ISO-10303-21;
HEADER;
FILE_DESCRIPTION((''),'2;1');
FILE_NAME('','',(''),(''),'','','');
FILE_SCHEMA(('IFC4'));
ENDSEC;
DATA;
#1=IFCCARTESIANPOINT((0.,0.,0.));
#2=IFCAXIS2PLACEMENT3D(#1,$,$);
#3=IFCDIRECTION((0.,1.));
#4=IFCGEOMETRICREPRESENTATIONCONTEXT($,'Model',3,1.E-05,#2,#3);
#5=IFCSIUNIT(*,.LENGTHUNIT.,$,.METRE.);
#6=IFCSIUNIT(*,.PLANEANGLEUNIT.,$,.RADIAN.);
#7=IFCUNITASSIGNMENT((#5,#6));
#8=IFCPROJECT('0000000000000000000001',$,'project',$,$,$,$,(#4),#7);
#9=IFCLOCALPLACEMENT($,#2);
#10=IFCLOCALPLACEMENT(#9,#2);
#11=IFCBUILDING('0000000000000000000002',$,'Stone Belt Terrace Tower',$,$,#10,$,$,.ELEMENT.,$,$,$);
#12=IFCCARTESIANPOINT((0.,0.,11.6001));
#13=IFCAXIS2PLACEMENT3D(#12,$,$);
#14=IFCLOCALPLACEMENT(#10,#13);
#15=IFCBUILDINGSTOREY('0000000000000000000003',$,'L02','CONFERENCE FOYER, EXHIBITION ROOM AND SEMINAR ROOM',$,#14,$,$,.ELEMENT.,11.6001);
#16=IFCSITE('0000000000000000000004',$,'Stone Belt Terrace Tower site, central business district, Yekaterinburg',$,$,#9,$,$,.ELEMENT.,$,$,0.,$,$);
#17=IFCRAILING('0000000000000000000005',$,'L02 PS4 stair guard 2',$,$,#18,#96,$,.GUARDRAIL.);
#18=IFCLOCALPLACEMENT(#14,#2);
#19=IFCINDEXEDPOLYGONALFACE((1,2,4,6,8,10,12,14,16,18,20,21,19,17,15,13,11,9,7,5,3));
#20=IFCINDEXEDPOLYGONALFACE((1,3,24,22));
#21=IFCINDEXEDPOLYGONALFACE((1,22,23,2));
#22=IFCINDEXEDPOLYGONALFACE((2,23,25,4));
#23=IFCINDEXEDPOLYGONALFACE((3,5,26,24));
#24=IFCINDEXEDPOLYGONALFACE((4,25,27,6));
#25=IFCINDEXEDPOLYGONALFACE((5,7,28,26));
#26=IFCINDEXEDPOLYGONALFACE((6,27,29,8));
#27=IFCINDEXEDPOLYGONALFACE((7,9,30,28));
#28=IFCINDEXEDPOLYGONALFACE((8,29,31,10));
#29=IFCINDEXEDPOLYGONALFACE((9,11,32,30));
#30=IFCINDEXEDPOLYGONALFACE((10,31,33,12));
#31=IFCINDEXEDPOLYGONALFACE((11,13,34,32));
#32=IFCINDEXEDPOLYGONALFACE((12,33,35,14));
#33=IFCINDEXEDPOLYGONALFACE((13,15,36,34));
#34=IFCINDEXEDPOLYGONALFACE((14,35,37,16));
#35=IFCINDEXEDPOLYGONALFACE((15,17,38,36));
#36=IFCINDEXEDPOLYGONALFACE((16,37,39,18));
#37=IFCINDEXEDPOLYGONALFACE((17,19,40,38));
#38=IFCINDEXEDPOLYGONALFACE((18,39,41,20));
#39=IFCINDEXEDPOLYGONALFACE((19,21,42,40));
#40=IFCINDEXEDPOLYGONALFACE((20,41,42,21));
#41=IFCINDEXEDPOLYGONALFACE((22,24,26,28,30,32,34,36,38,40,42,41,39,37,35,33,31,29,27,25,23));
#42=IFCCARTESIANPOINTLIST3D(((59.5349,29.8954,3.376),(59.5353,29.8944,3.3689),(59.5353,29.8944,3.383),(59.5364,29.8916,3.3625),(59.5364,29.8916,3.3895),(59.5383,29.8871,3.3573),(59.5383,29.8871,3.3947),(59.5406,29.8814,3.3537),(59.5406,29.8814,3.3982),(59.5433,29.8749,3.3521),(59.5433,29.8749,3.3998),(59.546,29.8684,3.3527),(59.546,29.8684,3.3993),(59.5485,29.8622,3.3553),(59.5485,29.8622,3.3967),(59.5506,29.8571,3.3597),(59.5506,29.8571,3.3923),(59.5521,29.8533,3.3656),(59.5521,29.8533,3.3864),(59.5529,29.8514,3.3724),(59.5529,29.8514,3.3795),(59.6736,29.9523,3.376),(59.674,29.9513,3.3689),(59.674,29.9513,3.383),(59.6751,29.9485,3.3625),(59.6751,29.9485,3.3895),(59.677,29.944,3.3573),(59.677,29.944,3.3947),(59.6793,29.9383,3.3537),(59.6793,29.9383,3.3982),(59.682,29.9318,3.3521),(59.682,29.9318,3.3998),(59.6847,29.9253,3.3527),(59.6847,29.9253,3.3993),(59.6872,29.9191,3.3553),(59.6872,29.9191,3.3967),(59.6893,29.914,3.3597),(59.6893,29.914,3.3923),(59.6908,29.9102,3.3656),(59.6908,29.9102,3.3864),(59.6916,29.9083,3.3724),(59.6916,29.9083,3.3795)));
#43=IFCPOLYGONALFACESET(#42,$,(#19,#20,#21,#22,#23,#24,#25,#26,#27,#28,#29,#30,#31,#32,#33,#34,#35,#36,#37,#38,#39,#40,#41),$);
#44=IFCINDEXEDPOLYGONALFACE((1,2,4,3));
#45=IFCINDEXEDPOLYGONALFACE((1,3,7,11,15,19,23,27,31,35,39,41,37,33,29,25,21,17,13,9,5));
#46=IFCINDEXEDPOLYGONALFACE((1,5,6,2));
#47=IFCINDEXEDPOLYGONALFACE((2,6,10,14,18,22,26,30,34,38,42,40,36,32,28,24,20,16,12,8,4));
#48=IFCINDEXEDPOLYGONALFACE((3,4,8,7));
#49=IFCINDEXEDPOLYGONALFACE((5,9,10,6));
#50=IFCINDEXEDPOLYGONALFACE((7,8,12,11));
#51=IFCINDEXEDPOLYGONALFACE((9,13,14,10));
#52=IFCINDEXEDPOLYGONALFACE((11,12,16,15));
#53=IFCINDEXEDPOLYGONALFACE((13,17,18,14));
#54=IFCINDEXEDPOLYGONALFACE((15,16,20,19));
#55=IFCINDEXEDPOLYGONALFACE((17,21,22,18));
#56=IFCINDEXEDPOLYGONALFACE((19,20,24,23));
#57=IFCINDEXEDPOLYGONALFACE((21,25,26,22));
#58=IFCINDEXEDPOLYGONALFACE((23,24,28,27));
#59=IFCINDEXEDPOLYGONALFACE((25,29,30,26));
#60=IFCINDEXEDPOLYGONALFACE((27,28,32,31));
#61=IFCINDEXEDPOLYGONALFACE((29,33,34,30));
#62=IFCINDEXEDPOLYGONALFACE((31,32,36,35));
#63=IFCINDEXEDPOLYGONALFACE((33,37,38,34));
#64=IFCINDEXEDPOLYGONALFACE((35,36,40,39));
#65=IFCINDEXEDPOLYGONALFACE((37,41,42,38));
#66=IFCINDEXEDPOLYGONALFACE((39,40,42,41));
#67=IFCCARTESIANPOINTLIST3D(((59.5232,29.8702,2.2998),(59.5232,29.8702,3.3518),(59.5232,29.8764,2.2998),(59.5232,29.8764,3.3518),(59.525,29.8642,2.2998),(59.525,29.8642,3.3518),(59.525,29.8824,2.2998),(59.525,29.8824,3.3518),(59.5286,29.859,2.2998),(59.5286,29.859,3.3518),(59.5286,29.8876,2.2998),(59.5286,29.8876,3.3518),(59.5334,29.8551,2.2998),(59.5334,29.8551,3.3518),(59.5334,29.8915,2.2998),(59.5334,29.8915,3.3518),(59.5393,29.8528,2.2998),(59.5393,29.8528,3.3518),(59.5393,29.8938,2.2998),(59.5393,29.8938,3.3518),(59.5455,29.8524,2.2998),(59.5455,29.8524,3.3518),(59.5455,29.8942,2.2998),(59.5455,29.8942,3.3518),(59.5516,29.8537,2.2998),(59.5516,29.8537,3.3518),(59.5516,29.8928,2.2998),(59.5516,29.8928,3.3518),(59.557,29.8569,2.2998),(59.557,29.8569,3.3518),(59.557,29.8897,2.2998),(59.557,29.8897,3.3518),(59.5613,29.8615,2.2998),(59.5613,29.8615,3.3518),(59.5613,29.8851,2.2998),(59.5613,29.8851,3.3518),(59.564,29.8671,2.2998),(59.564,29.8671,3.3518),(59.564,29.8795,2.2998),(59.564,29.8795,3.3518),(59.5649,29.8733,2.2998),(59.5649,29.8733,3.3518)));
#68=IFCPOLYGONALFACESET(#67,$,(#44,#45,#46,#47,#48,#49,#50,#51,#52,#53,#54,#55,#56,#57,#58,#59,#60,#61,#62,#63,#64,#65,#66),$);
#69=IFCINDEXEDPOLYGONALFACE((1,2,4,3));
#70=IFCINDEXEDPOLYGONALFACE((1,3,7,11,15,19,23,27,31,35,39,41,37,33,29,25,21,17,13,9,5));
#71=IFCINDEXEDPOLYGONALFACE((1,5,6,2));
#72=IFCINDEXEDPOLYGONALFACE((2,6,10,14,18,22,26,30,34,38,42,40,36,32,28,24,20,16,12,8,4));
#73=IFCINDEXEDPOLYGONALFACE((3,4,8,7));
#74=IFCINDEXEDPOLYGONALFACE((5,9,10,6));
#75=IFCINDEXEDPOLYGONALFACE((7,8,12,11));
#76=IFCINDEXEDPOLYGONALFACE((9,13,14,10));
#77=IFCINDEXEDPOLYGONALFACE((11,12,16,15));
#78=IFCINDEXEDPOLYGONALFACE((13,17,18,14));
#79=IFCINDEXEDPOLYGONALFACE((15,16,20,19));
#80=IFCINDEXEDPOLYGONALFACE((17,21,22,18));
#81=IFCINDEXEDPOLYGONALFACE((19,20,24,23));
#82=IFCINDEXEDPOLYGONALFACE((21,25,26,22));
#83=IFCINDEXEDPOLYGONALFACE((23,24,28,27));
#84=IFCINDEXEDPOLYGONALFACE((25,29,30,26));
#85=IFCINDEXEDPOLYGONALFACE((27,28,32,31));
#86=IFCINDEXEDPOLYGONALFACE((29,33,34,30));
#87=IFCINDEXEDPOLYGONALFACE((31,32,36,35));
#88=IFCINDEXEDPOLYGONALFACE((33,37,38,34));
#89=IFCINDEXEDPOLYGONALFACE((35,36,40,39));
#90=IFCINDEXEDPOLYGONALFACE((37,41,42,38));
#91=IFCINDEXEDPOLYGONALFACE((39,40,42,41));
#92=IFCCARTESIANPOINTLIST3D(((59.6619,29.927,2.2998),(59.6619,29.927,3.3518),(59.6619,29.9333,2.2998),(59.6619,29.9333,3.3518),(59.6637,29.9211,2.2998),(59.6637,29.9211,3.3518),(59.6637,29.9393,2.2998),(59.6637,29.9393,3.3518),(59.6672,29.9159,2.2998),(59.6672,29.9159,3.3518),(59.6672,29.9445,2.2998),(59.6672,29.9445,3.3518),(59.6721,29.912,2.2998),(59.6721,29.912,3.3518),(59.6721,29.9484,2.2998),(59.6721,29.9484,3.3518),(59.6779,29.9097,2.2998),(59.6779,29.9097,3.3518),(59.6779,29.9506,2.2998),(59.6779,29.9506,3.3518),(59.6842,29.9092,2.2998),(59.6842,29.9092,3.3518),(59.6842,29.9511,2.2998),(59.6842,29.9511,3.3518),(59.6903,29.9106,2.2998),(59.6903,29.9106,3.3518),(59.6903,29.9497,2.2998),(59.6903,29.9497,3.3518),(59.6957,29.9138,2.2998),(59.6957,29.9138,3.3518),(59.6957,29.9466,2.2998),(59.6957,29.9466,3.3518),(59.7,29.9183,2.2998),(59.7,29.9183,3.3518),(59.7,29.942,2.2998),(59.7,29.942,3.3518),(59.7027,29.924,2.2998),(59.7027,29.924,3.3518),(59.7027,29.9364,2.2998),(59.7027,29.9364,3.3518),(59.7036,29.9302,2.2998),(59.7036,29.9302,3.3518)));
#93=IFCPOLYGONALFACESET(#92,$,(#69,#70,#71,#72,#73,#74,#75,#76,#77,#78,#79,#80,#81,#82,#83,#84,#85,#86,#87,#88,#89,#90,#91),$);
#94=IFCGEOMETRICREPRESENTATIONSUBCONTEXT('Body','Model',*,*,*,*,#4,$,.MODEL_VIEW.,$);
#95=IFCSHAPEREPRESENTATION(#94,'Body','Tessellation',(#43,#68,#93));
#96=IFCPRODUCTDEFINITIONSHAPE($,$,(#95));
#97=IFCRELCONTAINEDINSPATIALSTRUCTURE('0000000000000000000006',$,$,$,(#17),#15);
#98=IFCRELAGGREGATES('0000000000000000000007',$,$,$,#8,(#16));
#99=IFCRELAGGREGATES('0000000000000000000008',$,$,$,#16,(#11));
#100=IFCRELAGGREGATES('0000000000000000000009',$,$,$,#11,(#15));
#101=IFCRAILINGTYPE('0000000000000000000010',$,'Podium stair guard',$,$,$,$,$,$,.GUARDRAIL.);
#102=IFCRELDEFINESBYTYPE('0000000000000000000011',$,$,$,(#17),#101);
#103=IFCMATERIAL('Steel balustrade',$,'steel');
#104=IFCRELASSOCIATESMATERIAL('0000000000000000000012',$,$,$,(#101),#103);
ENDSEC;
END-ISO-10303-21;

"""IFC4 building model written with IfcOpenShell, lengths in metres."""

from ifc_helpers import new_model, si_unit, direction, frame, origin, origin_2d, place, context, subcontext, project, spatial, circle, extrude, material, type_object, element, save


model = new_model("IFC4")

# Units and contexts
model_context = context("Model", 3, precision=1e-05, world=origin(), true_north=direction((0.0, 1.0)))
body_context = subcontext(model_context, "Body", "Model", "MODEL_VIEW")
ifc_project = project(units=[si_unit("LENGTHUNIT", "METRE"), si_unit("PLANEANGLEUNIT", "RADIAN")], contexts=[model_context])

# Site, building, storey
site_placement = place(None, origin())
site = spatial("IfcSite", under=ifc_project, at=site_placement, Name="Stone Belt Terrace Tower site, central business district, Yekaterinburg", CompositionType="ELEMENT", RefElevation=0.0)
building_placement = place(site_placement, origin())
building = spatial("IfcBuilding", under=site, at=building_placement, Name="Stone Belt Terrace Tower", CompositionType="ELEMENT")
storey_placement = place(building_placement, frame((0.0, 0.0, 11.6001)))
storey = spatial("IfcBuildingStorey", under=building, at=storey_placement, Name="L02", Description="CONFERENCE FOYER, EXHIBITION ROOM AND SEMINAR ROOM", CompositionType="ELEMENT", Elevation=11.6001)

# Railing
ifc_material_1 = material(Name="Steel balustrade", Category="steel")
railing_type_1 = type_object("IfcRailingType", Name="Podium stair guard", PredefinedType="GUARDRAIL", material=ifc_material_1)
railing_1_placement = place(storey_placement, frame((59.5439, 29.8733, 2.2998)))
element("IfcRailing", 1, at=railing_1_placement, inside=storey, type_object=railing_type_1, Name="L02 PS4 stair guard 2", PredefinedType="GUARDRAIL", context=body_context, shape_type="SweptSolid", body=[
    extrude(circle(Radius=0.0239, at=origin_2d()), frame((0.0, 0.0, 1.0762), z_axis=(0.925183, 0.379521, 0.0), x_axis=(-0.379521, 0.925183, 0.0)), (0.0, 0.0, 1.0), 0.1499),
    extrude(circle(Radius=0.021, at=origin_2d()), origin(), (0.0, 0.0, 1.0), 1.052),
    extrude(circle(Radius=0.021, at=origin_2d()), frame((0.1387, 0.0569, 0.0)), (0.0, 0.0, 1.0), 1.052),
])

save(model, "model.ifc")
